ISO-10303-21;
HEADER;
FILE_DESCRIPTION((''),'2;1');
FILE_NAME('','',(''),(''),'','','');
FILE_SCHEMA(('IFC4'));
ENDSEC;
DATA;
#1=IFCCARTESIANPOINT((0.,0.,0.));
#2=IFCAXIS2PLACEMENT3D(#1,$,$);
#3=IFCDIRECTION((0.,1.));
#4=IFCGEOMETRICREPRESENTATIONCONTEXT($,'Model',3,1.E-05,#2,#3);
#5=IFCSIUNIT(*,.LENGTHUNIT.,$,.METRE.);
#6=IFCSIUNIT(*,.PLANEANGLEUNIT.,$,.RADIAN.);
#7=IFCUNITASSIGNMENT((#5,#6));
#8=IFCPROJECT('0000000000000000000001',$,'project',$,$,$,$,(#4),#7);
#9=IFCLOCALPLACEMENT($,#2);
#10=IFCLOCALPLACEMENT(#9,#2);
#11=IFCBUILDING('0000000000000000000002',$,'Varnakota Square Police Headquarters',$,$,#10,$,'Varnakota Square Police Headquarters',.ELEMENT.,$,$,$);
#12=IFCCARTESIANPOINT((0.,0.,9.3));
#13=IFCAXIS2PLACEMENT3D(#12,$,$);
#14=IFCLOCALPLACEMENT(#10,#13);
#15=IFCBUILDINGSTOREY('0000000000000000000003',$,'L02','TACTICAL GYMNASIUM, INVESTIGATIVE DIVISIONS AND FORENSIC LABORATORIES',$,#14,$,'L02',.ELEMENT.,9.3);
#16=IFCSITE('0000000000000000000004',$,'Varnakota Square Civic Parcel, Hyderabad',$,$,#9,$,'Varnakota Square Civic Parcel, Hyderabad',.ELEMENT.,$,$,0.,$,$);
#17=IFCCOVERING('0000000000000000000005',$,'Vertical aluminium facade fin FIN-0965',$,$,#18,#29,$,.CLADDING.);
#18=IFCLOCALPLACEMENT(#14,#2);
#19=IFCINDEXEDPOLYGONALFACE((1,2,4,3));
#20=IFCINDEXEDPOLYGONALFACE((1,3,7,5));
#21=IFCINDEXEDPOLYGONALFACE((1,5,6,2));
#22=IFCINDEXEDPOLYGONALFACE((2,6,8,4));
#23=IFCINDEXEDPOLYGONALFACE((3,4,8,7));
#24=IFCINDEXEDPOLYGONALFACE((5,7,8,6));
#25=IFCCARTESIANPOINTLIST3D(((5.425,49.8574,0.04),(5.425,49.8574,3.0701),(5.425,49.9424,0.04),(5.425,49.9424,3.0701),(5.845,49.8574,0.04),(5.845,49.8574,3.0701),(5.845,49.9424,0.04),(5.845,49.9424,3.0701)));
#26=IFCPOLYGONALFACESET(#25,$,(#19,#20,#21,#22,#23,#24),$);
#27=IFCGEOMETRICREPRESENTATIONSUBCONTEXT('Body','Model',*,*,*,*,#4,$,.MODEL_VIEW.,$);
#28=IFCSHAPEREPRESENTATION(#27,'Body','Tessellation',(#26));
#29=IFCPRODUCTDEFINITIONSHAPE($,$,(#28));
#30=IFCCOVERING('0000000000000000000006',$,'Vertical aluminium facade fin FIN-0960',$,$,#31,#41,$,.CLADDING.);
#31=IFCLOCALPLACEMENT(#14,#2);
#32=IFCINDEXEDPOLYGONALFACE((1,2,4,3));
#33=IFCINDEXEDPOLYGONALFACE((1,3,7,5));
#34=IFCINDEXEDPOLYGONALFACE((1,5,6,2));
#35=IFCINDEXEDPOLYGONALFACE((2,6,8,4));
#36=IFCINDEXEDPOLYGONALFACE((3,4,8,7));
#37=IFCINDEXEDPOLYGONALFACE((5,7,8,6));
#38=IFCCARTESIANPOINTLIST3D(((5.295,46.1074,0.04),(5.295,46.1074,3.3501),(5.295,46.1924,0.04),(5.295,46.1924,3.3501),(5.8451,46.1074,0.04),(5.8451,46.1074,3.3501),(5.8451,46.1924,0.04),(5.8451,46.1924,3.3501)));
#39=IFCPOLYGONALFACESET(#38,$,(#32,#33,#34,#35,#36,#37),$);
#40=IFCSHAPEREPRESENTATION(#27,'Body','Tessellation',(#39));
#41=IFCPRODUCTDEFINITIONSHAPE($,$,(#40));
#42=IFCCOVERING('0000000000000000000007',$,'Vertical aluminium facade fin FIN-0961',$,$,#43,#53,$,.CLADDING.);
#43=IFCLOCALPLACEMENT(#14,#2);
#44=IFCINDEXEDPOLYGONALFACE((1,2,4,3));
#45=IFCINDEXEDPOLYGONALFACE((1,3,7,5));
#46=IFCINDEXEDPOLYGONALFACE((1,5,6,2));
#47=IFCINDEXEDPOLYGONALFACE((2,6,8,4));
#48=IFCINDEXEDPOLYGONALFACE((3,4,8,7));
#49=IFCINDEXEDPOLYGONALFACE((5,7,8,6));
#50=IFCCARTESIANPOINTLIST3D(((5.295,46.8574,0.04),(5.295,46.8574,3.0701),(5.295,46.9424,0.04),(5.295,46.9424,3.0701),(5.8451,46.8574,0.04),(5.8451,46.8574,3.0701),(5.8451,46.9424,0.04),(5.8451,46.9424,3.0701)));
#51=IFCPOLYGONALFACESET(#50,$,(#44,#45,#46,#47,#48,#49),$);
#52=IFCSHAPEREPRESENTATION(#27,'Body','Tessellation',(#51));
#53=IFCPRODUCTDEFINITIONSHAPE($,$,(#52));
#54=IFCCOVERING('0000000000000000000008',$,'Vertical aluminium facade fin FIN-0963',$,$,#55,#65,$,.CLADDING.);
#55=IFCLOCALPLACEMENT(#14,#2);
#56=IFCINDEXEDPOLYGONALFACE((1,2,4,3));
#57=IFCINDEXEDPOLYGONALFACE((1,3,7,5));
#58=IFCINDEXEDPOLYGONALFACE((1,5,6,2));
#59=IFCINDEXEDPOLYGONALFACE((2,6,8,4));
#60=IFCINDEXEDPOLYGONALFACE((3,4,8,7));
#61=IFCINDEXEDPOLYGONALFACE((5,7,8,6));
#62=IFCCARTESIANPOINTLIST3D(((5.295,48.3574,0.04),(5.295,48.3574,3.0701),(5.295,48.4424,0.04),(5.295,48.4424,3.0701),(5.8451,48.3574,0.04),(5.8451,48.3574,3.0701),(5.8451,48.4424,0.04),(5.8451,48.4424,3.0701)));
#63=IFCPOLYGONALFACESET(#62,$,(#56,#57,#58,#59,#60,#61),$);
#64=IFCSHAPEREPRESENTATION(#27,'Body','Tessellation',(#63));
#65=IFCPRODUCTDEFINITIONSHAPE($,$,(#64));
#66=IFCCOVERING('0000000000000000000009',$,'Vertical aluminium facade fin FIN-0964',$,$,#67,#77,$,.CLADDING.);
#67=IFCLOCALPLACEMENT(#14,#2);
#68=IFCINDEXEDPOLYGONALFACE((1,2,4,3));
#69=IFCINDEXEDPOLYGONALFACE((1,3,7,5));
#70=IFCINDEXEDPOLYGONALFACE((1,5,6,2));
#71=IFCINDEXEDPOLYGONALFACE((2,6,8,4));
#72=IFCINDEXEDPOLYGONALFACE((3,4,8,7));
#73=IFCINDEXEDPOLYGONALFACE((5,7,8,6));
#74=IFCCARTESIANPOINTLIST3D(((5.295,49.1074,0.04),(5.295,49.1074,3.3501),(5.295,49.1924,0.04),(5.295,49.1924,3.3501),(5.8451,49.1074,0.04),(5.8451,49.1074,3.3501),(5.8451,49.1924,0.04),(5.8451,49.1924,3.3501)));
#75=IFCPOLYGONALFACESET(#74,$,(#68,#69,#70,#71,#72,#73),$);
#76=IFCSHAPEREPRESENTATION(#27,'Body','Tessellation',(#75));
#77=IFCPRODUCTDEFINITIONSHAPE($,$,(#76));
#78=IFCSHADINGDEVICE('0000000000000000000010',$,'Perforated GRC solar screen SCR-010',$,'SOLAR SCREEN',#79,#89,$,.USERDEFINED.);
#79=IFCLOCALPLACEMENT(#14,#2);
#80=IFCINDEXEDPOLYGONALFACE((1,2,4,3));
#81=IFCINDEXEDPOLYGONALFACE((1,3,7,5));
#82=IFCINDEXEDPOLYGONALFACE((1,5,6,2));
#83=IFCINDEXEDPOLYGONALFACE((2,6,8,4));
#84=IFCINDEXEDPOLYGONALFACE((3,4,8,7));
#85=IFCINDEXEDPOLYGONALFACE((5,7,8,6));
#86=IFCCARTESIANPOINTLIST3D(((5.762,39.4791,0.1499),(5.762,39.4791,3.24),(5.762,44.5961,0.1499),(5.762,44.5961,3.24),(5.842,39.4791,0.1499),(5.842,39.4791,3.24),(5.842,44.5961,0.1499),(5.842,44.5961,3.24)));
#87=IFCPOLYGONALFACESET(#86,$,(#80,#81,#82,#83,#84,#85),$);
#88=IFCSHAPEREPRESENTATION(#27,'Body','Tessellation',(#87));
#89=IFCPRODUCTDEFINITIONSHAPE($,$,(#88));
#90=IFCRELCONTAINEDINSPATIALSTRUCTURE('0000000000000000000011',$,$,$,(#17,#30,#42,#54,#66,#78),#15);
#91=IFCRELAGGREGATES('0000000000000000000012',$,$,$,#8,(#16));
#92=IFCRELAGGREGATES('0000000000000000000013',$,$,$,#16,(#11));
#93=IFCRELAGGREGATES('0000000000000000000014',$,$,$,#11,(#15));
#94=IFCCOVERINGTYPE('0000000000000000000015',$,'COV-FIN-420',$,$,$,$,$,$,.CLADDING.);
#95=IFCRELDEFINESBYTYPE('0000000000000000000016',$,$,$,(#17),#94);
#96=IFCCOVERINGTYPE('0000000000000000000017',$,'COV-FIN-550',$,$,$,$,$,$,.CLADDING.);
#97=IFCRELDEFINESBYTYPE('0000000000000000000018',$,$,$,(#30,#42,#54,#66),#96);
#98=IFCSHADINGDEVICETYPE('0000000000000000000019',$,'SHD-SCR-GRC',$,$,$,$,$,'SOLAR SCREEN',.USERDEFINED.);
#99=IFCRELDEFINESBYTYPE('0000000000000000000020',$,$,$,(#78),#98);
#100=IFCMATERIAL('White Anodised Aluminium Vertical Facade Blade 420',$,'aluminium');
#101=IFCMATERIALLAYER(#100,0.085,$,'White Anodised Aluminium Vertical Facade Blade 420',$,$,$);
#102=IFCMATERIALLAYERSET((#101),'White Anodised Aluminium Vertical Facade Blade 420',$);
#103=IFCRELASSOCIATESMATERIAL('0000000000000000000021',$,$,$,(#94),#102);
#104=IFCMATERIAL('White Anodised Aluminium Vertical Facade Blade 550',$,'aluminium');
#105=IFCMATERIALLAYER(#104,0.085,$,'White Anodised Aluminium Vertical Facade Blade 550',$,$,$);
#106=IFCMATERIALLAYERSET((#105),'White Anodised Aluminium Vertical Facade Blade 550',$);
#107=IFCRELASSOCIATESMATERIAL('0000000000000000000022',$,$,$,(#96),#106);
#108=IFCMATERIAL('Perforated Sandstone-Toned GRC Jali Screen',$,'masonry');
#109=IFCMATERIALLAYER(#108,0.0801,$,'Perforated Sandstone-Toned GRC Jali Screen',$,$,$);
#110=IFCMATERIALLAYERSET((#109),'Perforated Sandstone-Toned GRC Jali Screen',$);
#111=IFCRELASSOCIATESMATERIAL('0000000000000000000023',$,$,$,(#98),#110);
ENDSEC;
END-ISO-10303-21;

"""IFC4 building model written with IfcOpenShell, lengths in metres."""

from ifc_helpers import new_model, si_unit, direction, frame, origin, origin_2d, place, context, subcontext, project, spatial, rectangle, extrude, material, layer, layer_set, type_object, element, save


model = new_model("IFC4")

# Units and contexts
model_context = context("Model", 3, precision=1e-05, world=origin(), true_north=direction((0.0, 1.0)))
body_context = subcontext(model_context, "Body", "Model", "MODEL_VIEW")
ifc_project = project(units=[si_unit("LENGTHUNIT", "METRE"), si_unit("PLANEANGLEUNIT", "RADIAN")], contexts=[model_context])

# Site, building, storey
site_placement = place(None, origin())
site = spatial("IfcSite", under=ifc_project, at=site_placement, Name="Varnakota Square Civic Parcel, Hyderabad", LongName="Varnakota Square Civic Parcel, Hyderabad", CompositionType="ELEMENT", RefElevation=0.0)
building_placement = place(site_placement, origin())
building = spatial("IfcBuilding", under=site, at=building_placement, Name="Varnakota Square Police Headquarters", LongName="Varnakota Square Police Headquarters", CompositionType="ELEMENT")
storey_placement = place(building_placement, frame((0.0, 0.0, 9.3)))
storey = spatial("IfcBuildingStorey", under=building, at=storey_placement, Name="L02", Description="TACTICAL GYMNASIUM, INVESTIGATIVE DIVISIONS AND FORENSIC LABORATORIES", LongName="L02", CompositionType="ELEMENT", Elevation=9.3)

# Coverings
ifc_material_1 = material(Name="White Anodised Aluminium Vertical Facade Blade 420", Category="aluminium")
ifc_layer_1 = layer(ifc_material_1, 0.085, Name="White Anodised Aluminium Vertical Facade Blade 420")
ifc_layer_set_1 = layer_set([ifc_layer_1], Name="White Anodised Aluminium Vertical Facade Blade 420")
covering_type_1 = type_object("IfcCoveringType", Name="COV-FIN-420", PredefinedType="CLADDING", material=ifc_layer_set_1)
covering_1_placement = place(storey_placement, frame((5.635, 49.8999, 0.04), z_axis=(0.0, 0.0, 1.0), x_axis=(0.0, 1.0, 0.0)))
element("IfcCovering", 1, at=covering_1_placement, inside=storey, type_object=covering_type_1, Name="Vertical aluminium facade fin FIN-0965", PredefinedType="CLADDING", context=body_context, shape_type="SweptSolid", body=[
    extrude(rectangle(XDim=0.085, YDim=0.4199, at=origin_2d()), origin(), (0.0, 0.0, 1.0), 3.03),
])
ifc_material_2 = material(Name="White Anodised Aluminium Vertical Facade Blade 550", Category="aluminium")
ifc_layer_2 = layer(ifc_material_2, 0.085, Name="White Anodised Aluminium Vertical Facade Blade 550")
ifc_layer_set_2 = layer_set([ifc_layer_2], Name="White Anodised Aluminium Vertical Facade Blade 550")
covering_type_2 = type_object("IfcCoveringType", Name="COV-FIN-550", PredefinedType="CLADDING", material=ifc_layer_set_2)
covering_2_placement = place(storey_placement, frame((5.5701, 46.1499, 0.04), z_axis=(0.0, 0.0, 1.0), x_axis=(0.0, 1.0, 0.0)))
element("IfcCovering", 2, at=covering_2_placement, inside=storey, type_object=covering_type_2, Name="Vertical aluminium facade fin FIN-0960", PredefinedType="CLADDING", context=body_context, shape_type="SweptSolid", body=[
    extrude(rectangle(XDim=0.085, YDim=0.55, at=origin_2d()), origin(), (0.0, 0.0, 1.0), 3.3101),
])
for number, where, z_axis, x_axis, name in (
    (3, (5.5701, 46.8999, 0.04), (0.0, 0.0, 1.0), (0.0, 1.0, 0.0), "Vertical aluminium facade fin FIN-0961"),
    (4, (5.5701, 48.3999, 0.04), (0.0, 0.0, 1.0), (0.0, 1.0, 0.0), "Vertical aluminium facade fin FIN-0963"),
):
    element("IfcCovering", number, at=place(storey_placement, frame(where, z_axis=z_axis, x_axis=x_axis)), inside=storey, type_object=covering_type_2, Name=name, PredefinedType="CLADDING", context=body_context, shape_type="SweptSolid", body=[
        extrude(rectangle(XDim=0.085, YDim=0.55, at=origin_2d()), origin(), (0.0, 0.0, 1.0), 3.03),
    ])
covering_3_placement = place(storey_placement, frame((5.5701, 49.1499, 0.04), z_axis=(0.0, 0.0, 1.0), x_axis=(0.0, 1.0, 0.0)))
element("IfcCovering", 5, at=covering_3_placement, inside=storey, type_object=covering_type_2, Name="Vertical aluminium facade fin FIN-0964", PredefinedType="CLADDING", context=body_context, shape_type="SweptSolid", body=[
    extrude(rectangle(XDim=0.085, YDim=0.55, at=origin_2d()), origin(), (0.0, 0.0, 1.0), 3.3101),
])

# Shading device
ifc_material_3 = material(Name="Perforated Sandstone-Toned GRC Jali Screen", Category="masonry")
ifc_layer_3 = layer(ifc_material_3, 0.0801, Name="Perforated Sandstone-Toned GRC Jali Screen")
ifc_layer_set_3 = layer_set([ifc_layer_3], Name="Perforated Sandstone-Toned GRC Jali Screen")
shading_device_type = type_object("IfcShadingDeviceType", Name="SHD-SCR-GRC", ElementType="SOLAR SCREEN", PredefinedType="USERDEFINED", material=ifc_layer_set_3)
shading_device_placement = place(storey_placement, frame((5.802, 42.0376, 0.1499), z_axis=(0.0, 0.0, 1.0), x_axis=(0.0, 1.0, 0.0)))
element("IfcShadingDevice", 6, at=shading_device_placement, inside=storey, type_object=shading_device_type, Name="Perforated GRC solar screen SCR-010", ObjectType="SOLAR SCREEN", PredefinedType="USERDEFINED", context=body_context, shape_type="SweptSolid", body=[
    extrude(rectangle(XDim=5.1169, YDim=0.0801, at=origin_2d()), origin(), (0.0, 0.0, 1.0), 3.0901),
])

save(model, "model.ifc")
